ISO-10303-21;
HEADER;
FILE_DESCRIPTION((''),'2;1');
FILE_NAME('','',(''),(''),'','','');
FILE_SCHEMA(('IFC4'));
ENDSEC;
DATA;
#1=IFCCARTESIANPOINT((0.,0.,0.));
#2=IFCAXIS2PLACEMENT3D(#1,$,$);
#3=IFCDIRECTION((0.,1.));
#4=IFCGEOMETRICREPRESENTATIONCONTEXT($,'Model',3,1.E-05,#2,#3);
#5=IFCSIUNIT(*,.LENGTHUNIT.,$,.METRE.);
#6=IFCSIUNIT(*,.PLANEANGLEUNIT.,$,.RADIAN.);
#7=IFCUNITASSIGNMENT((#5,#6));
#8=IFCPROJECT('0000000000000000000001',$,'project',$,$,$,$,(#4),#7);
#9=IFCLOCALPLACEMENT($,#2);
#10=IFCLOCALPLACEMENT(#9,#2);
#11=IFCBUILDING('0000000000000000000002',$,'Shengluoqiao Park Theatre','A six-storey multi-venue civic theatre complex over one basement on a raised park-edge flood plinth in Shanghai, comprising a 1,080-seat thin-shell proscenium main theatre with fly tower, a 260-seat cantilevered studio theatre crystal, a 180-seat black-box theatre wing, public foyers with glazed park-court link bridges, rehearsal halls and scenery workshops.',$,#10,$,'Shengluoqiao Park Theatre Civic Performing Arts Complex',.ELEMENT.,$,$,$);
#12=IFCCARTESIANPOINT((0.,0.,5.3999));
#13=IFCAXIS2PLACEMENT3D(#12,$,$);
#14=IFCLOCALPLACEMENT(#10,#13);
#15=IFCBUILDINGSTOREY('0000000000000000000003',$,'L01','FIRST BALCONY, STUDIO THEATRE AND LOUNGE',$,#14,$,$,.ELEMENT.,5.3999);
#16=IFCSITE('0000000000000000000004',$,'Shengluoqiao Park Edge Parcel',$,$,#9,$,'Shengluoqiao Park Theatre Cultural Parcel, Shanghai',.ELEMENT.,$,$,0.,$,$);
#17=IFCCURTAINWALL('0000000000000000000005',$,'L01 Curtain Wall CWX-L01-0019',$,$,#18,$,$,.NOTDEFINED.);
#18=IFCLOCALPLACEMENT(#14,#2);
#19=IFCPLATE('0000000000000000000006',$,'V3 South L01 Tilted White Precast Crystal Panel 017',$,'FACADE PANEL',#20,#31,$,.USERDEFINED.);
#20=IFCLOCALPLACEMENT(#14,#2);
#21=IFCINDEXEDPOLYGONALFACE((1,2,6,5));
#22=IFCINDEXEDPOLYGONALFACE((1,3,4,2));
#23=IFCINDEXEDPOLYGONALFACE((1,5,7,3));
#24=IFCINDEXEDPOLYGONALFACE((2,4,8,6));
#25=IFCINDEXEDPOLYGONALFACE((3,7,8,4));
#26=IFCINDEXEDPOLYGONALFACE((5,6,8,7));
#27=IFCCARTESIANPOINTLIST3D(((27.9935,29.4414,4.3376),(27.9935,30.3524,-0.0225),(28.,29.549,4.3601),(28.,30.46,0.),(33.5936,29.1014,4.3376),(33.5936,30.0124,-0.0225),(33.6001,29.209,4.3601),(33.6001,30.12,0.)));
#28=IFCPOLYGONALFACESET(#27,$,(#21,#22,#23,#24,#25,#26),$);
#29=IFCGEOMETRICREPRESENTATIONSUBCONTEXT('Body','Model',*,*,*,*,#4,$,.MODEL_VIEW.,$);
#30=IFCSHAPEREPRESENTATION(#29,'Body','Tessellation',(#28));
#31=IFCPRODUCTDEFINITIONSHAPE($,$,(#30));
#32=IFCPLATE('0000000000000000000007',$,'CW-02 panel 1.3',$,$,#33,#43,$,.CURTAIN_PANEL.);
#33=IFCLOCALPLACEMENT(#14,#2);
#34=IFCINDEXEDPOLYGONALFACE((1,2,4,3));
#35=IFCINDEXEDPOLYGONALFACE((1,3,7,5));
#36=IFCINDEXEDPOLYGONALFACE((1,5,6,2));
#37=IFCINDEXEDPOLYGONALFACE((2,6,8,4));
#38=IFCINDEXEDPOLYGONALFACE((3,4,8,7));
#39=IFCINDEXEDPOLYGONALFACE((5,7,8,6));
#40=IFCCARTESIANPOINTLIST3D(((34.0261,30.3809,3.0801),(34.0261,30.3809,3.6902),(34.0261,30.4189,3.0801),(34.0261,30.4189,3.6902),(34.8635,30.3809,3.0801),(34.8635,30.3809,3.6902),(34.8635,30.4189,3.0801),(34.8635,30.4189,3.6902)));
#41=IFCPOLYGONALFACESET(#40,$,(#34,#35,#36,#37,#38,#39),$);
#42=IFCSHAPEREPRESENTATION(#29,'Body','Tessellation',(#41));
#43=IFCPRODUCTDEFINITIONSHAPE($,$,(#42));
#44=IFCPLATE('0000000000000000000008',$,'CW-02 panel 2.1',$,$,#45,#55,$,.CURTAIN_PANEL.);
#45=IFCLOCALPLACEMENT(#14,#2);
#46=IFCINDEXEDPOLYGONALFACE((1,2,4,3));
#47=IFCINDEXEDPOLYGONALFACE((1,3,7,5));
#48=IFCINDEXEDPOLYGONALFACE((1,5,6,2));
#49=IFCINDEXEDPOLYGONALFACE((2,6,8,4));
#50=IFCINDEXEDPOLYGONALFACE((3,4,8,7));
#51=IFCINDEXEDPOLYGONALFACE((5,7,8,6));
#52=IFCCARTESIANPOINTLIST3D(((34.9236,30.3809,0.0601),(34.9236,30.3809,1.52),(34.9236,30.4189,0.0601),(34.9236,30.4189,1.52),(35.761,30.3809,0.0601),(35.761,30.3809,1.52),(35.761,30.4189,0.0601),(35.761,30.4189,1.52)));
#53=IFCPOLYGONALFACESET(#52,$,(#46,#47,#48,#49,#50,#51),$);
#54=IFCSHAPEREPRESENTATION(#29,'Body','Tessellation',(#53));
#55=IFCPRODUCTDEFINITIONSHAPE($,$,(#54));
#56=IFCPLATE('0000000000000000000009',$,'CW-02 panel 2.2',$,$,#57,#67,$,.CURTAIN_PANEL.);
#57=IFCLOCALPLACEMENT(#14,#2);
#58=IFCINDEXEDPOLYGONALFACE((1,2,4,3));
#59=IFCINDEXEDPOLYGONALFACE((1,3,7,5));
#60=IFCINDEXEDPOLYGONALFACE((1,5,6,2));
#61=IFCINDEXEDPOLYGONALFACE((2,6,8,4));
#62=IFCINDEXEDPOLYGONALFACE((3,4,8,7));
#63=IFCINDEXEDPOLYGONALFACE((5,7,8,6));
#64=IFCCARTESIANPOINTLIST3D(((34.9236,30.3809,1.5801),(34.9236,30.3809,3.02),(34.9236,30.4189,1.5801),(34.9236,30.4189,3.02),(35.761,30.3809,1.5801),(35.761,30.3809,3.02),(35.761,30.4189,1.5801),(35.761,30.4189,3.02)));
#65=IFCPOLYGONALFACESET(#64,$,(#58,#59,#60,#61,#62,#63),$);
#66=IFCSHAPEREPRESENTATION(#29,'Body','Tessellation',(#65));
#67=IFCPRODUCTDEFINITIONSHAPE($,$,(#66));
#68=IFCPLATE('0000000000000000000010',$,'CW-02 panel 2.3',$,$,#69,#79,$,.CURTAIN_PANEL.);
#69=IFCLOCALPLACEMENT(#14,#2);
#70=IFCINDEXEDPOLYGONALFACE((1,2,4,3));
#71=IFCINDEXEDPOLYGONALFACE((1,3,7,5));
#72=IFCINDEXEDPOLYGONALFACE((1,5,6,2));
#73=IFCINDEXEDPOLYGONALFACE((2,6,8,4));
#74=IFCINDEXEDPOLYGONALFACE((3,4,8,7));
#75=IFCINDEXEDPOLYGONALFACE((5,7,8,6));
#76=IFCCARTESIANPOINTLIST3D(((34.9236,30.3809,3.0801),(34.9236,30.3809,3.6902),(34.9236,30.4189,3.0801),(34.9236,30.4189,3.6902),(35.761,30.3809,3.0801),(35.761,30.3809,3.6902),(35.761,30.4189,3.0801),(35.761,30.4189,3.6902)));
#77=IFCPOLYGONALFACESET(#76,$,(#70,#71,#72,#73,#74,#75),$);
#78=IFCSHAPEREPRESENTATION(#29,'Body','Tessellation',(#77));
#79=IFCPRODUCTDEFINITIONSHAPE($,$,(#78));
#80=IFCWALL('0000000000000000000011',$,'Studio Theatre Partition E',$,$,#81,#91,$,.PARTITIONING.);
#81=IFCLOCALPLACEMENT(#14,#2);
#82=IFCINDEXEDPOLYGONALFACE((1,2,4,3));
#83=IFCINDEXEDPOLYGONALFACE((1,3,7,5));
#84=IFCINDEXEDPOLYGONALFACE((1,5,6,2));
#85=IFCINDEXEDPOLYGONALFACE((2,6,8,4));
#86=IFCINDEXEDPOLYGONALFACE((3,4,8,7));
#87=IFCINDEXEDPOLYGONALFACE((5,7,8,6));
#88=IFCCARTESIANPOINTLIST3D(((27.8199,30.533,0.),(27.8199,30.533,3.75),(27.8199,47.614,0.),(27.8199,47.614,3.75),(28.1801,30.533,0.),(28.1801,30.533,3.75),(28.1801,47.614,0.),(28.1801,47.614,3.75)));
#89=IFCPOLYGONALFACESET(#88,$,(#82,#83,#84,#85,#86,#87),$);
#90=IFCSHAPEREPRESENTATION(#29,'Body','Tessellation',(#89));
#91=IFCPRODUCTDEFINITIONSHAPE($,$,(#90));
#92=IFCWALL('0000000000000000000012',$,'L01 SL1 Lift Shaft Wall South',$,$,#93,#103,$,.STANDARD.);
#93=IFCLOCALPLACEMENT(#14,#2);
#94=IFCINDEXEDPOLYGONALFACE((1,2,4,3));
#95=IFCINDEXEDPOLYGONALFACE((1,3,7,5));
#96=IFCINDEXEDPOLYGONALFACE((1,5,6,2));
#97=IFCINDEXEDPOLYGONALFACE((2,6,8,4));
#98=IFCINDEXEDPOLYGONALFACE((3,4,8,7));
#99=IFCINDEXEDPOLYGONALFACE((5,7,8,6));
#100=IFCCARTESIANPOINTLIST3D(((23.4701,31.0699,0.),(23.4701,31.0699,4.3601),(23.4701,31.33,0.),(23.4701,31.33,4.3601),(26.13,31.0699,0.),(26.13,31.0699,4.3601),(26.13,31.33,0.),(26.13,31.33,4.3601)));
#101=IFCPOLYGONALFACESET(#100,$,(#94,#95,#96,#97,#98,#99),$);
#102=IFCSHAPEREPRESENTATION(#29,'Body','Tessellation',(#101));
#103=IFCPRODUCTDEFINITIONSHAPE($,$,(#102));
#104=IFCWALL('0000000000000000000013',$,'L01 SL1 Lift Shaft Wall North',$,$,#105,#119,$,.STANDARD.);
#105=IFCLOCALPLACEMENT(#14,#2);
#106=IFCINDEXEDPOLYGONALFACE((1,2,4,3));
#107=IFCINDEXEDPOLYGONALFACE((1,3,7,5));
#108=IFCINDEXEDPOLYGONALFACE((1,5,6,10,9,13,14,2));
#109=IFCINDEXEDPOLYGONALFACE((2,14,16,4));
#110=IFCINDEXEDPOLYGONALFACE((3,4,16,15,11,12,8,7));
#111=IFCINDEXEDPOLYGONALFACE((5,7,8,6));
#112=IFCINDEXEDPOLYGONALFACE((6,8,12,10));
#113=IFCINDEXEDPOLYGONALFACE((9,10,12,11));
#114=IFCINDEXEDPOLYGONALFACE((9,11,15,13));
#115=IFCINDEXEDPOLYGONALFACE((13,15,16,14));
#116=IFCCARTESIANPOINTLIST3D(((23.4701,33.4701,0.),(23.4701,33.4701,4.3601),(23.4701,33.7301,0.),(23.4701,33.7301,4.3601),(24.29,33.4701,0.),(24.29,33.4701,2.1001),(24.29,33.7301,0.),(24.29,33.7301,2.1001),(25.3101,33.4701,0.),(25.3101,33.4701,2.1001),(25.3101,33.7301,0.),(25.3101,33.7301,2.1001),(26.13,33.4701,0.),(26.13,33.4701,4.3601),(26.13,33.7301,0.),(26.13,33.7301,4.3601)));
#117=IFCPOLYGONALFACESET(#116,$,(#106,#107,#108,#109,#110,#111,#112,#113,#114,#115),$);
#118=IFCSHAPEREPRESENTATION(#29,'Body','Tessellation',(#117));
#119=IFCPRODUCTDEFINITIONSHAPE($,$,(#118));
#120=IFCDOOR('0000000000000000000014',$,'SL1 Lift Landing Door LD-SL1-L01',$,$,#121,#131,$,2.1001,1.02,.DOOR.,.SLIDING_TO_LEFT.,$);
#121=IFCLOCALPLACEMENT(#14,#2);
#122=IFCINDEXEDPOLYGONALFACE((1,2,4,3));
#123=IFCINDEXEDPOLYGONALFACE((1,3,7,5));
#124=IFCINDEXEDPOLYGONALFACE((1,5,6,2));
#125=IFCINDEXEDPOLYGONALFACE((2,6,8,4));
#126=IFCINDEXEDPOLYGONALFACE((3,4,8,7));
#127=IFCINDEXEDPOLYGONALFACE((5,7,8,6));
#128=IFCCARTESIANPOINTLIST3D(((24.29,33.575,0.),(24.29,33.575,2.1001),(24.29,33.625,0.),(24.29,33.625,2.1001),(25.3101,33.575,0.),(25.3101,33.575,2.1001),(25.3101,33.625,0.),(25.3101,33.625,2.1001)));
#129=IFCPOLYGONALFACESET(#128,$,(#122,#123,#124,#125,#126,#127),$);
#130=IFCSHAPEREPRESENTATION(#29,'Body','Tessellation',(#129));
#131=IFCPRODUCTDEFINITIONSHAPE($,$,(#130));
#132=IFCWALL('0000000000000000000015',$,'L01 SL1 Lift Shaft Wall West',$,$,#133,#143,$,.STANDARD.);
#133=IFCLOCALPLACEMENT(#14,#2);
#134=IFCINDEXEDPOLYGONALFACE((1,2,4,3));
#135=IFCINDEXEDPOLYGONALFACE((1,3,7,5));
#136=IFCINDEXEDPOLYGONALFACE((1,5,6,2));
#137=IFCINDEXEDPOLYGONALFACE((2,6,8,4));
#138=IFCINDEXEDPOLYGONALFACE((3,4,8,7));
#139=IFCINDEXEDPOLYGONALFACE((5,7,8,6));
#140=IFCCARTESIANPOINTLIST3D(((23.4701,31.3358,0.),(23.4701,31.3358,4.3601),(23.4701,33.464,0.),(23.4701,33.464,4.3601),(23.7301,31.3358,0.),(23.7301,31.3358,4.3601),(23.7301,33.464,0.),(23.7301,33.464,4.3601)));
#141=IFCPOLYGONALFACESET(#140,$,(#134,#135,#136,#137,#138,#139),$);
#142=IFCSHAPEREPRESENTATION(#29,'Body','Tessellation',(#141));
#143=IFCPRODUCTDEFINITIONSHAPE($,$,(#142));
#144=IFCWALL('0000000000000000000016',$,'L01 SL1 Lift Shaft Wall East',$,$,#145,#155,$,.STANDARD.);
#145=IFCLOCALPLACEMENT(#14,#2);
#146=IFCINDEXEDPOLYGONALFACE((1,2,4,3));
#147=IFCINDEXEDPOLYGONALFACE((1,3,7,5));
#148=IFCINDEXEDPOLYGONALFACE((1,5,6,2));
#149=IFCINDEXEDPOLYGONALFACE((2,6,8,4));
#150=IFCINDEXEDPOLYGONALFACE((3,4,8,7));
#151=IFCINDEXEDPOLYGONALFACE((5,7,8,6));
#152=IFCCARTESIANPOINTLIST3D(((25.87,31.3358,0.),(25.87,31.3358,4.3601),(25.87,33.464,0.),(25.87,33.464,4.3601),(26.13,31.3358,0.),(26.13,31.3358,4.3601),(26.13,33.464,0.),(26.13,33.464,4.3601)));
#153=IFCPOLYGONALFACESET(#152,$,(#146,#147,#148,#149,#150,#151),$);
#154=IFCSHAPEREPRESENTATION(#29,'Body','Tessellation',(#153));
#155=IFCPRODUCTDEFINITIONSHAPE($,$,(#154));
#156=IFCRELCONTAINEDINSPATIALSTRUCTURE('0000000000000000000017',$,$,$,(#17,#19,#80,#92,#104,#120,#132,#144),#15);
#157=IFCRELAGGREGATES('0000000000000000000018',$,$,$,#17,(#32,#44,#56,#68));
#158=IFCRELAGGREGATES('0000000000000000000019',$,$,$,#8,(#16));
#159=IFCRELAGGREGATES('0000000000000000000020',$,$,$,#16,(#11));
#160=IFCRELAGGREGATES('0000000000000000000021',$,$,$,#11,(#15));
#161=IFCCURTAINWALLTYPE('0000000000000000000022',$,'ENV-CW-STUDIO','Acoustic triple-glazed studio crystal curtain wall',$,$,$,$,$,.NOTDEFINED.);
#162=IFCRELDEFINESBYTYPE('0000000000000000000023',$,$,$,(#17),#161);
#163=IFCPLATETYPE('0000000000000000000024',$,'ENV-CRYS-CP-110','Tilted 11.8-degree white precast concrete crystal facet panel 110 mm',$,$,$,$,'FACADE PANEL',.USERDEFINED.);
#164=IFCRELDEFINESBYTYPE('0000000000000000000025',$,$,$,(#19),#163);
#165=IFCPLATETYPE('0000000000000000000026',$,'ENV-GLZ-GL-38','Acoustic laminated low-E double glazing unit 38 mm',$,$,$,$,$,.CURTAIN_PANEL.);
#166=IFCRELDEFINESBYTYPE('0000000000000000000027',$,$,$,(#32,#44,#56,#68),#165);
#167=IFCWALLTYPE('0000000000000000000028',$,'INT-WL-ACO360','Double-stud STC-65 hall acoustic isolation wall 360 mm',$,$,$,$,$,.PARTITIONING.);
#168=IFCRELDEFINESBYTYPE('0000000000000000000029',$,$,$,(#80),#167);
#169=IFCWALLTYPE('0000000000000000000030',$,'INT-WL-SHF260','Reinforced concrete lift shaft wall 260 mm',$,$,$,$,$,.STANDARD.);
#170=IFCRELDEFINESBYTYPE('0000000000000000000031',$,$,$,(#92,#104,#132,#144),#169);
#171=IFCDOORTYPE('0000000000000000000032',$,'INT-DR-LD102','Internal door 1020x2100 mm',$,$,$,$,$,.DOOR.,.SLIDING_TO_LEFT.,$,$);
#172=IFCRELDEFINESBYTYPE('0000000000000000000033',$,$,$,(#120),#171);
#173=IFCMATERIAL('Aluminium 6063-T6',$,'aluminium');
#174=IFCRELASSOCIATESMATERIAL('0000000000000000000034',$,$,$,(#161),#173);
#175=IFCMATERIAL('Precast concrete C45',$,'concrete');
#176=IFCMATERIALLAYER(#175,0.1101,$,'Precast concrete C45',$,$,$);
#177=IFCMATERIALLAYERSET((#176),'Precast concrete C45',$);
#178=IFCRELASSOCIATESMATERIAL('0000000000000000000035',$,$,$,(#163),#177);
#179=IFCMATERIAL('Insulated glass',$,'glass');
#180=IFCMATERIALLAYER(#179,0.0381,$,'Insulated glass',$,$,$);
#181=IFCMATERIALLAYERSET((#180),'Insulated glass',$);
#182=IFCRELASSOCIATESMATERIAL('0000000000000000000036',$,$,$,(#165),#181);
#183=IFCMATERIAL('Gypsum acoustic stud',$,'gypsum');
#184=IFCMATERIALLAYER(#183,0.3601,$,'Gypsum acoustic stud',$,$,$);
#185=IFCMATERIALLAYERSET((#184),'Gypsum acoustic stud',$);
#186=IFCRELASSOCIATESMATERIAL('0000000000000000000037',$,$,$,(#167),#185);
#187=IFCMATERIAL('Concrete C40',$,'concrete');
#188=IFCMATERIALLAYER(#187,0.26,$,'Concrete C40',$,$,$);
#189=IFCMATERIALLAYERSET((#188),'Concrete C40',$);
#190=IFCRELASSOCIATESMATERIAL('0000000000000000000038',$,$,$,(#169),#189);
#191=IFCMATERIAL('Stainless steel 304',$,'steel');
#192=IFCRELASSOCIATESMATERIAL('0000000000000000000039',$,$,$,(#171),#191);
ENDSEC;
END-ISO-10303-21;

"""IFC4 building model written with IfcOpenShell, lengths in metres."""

from ifc_helpers import new_model, si_unit, direction, frame, frame_2d, origin, origin_2d, place, context, subcontext, project, spatial, polyline, rectangle, outline, extrude, material, layer, layer_set, type_object, element, fill, aggregate, save


model = new_model("IFC4")

# Units and contexts
model_context = context("Model", 3, precision=1e-05, world=origin(), true_north=direction((0.0, 1.0)))
body_context = subcontext(model_context, "Body", "Model", "MODEL_VIEW")
ifc_project = project(units=[si_unit("LENGTHUNIT", "METRE"), si_unit("PLANEANGLEUNIT", "RADIAN")], contexts=[model_context])

# Site, building, storey
site_placement = place(None, origin())
site = spatial("IfcSite", under=ifc_project, at=site_placement, Name="Shengluoqiao Park Edge Parcel", LongName="Shengluoqiao Park Theatre Cultural Parcel, Shanghai", CompositionType="ELEMENT", RefElevation=0.0)
building_placement = place(site_placement, origin())
building = spatial("IfcBuilding", under=site, at=building_placement, Name="Shengluoqiao Park Theatre", Description="A six-storey multi-venue civic theatre complex over one basement on a raised park-edge flood plinth in Shanghai, comprising a 1,080-seat thin-shell proscenium main theatre with fly tower, a 260-seat cantilevered studio theatre crystal, a 180-seat black-box theatre wing, public foyers with glazed park-court link bridges, rehearsal halls and scenery workshops.", LongName="Shengluoqiao Park Theatre Civic Performing Arts Complex", CompositionType="ELEMENT")
storey_placement = place(building_placement, frame((0.0, 0.0, 5.3999)))
storey = spatial("IfcBuildingStorey", under=building, at=storey_placement, Name="L01", Description="FIRST BALCONY, STUDIO THEATRE AND LOUNGE", CompositionType="ELEMENT", Elevation=5.3999)

# Curtain wall
ifc_material_1 = material(Name="Aluminium 6063-T6", Category="aluminium")
curtain_wall_type = type_object("IfcCurtainWallType", Name="ENV-CW-STUDIO", Description="Acoustic triple-glazed studio crystal curtain wall", PredefinedType="NOTDEFINED", material=ifc_material_1)
curtain_wall_placement = place(storey_placement, origin())
curtain_wall = element("IfcCurtainWall", 1, at=curtain_wall_placement, inside=storey, type_object=curtain_wall_type, Name="L01 Curtain Wall CWX-L01-0019", PredefinedType="NOTDEFINED")

# Plate
ifc_material_2 = material(Name="Precast concrete C45", Category="concrete")
ifc_layer_1 = layer(ifc_material_2, 0.1101, Name="Precast concrete C45")
ifc_layer_set_1 = layer_set([ifc_layer_1], Name="Precast concrete C45")
plate_type_1 = type_object("IfcPlateType", Name="ENV-CRYS-CP-110", Description="Tilted 11.8-degree white precast concrete crystal facet panel 110 mm", ElementType="FACADE PANEL", PredefinedType="USERDEFINED", material=ifc_layer_set_1)
plate_1_placement = place(storey_placement, frame((28.0, 30.46, 0.0), z_axis=(0.059319, 0.977138, 0.204165), x_axis=(0.998162, -0.060595, -0.000004)))
element("IfcPlate", 2, at=plate_1_placement, inside=storey, type_object=plate_type_1, Name="V3 South L01 Tilted White Precast Crystal Panel 017", ObjectType="FACADE PANEL", PredefinedType="USERDEFINED", context=body_context, shape_type="SweptSolid", body=[
    extrude(outline(polyline([(0.0, 0.0), (5.6104, 0.0), (5.6656, -4.4539), (0.0552, -4.4539), (0.0, 0.0)])), origin(), (0.0, 0.0, -1.0), 0.1101),
])

# Plates
ifc_material_3 = material(Name="Insulated glass", Category="glass")
ifc_layer_2 = layer(ifc_material_3, 0.0381, Name="Insulated glass")
ifc_layer_set_2 = layer_set([ifc_layer_2], Name="Insulated glass")
plate_type_2 = type_object("IfcPlateType", Name="ENV-GLZ-GL-38", Description="Acoustic laminated low-E double glazing unit 38 mm", PredefinedType="CURTAIN_PANEL", material=ifc_layer_set_2)
plate_2_placement = place(storey_placement, frame((34.4448, 30.3999, 3.0801), z_axis=(0.0, 0.0, 1.0), x_axis=(1.0, 0.0, 0.0)))
plate_2 = element("IfcPlate", 3, at=plate_2_placement, type_object=plate_type_2, Name="CW-02 panel 1.3", PredefinedType="CURTAIN_PANEL", context=body_context, shape_type="SweptSolid", body=[
    extrude(rectangle(XDim=0.8374, YDim=0.0381, at=origin_2d()), origin(), (0.0, 0.0, 1.0), 0.6101),
])
plate_3_placement = place(storey_placement, frame((35.3423, 30.3999, 0.0601), z_axis=(0.0, 0.0, 1.0), x_axis=(1.0, 0.0, 0.0)))
plate_3 = element("IfcPlate", 4, at=plate_3_placement, type_object=plate_type_2, Name="CW-02 panel 2.1", PredefinedType="CURTAIN_PANEL", context=body_context, shape_type="SweptSolid", body=[
    extrude(rectangle(XDim=0.8374, YDim=0.0381, at=origin_2d()), origin(), (0.0, 0.0, 1.0), 1.46),
])
plate_4_placement = place(storey_placement, frame((35.3423, 30.3999, 1.5801), z_axis=(0.0, 0.0, 1.0), x_axis=(1.0, 0.0, 0.0)))
plate_4 = element("IfcPlate", 5, at=plate_4_placement, type_object=plate_type_2, Name="CW-02 panel 2.2", PredefinedType="CURTAIN_PANEL", context=body_context, shape_type="SweptSolid", body=[
    extrude(rectangle(XDim=0.8374, YDim=0.0381, at=origin_2d()), origin(), (0.0, 0.0, 1.0), 1.4399),
])
plate_5_placement = place(storey_placement, frame((35.3423, 30.3999, 3.0801), z_axis=(0.0, 0.0, 1.0), x_axis=(1.0, 0.0, 0.0)))
plate_5 = element("IfcPlate", 6, at=plate_5_placement, type_object=plate_type_2, Name="CW-02 panel 2.3", PredefinedType="CURTAIN_PANEL", context=body_context, shape_type="SweptSolid", body=[
    extrude(rectangle(XDim=0.8374, YDim=0.0381, at=origin_2d()), origin(), (0.0, 0.0, 1.0), 0.6101),
])
aggregate(curtain_wall, [plate_2, plate_3, plate_4, plate_5])

# Walls
ifc_material_4 = material(Name="Gypsum acoustic stud", Category="gypsum")
ifc_layer_3 = layer(ifc_material_4, 0.3601, Name="Gypsum acoustic stud")
ifc_layer_set_3 = layer_set([ifc_layer_3], Name="Gypsum acoustic stud")
wall_type_1 = type_object("IfcWallType", Name="INT-WL-ACO360", Description="Double-stud STC-65 hall acoustic isolation wall 360 mm", PredefinedType="PARTITIONING", material=ifc_layer_set_3)
wall_1_placement = place(storey_placement, frame((28.0, 30.533, 0.0), z_axis=(0.0, 0.0, 1.0), x_axis=(0.0, 1.0, 0.0)))
element("IfcWall", 7, at=wall_1_placement, inside=storey, type_object=wall_type_1, Name="Studio Theatre Partition E", PredefinedType="PARTITIONING", context=body_context, shape_type="SweptSolid", body=[
    extrude(rectangle(XDim=17.0811, YDim=0.3601, at=frame_2d((8.5405, 0.0))), origin(), (0.0, 0.0, 1.0), 3.75),
])
ifc_material_5 = material(Name="Concrete C40", Category="concrete")
ifc_layer_4 = layer(ifc_material_5, 0.26, Name="Concrete C40")
ifc_layer_set_4 = layer_set([ifc_layer_4], Name="Concrete C40")
wall_type_2 = type_object("IfcWallType", Name="INT-WL-SHF260", Description="Reinforced concrete lift shaft wall 260 mm", PredefinedType="STANDARD", material=ifc_layer_set_4)
wall_2_placement = place(storey_placement, frame((23.47, 31.2, 0.0), z_axis=(0.0, 0.0, 1.0), x_axis=(1.0, 0.0, 0.0)))
element("IfcWall", 8, at=wall_2_placement, inside=storey, type_object=wall_type_2, Name="L01 SL1 Lift Shaft Wall South", PredefinedType="STANDARD", context=body_context, shape_type="SweptSolid", body=[
    extrude(rectangle(XDim=2.6599, YDim=0.26, at=frame_2d((1.3301, 0.0))), origin(), (0.0, 0.0, 1.0), 4.3601),
])

# Wall, opening, door
wall_3_placement = place(storey_placement, frame((23.47, 33.6001, 0.0), z_axis=(0.0, 0.0, 1.0), x_axis=(1.0, 0.0, 0.0)))
wall_3 = element("IfcWall", 9, at=wall_3_placement, inside=storey, type_object=wall_type_2, Name="L01 SL1 Lift Shaft Wall North", PredefinedType="STANDARD", context=body_context, shape_type="SweptSolid", body=[
    extrude(rectangle(XDim=2.6599, YDim=0.26, at=frame_2d((1.3301, 0.0))), origin(), (0.0, 0.0, 1.0), 4.3601),
])
opening_placement = place(wall_3_placement, frame((0.8201, 0.0, 0.0)))
opening = element("IfcOpeningElement", 10, at=opening_placement, cuts=wall_3, PredefinedType="OPENING", context=body_context, shape_type="SweptSolid", body=[
    extrude(rectangle(XDim=1.02, YDim=2.1001, at=frame_2d((0.51, 1.05))), frame((0.0, 0.1399, 0.0), z_axis=(0.0, -1.0, 0.0), x_axis=(1.0, 0.0, 0.0)), (0.0, 0.0, 1.0), 0.28),
])
ifc_material_6 = material(Name="Stainless steel 304", Category="steel")
door_type = type_object("IfcDoorType", Name="INT-DR-LD102", Description="Internal door 1020x2100 mm", OperationType="SLIDING_TO_LEFT", PredefinedType="DOOR", material=ifc_material_6)
door_placement = place(opening_placement, origin())
door = element("IfcDoor", 11, at=door_placement, inside=storey, type_object=door_type, Name="SL1 Lift Landing Door LD-SL1-L01", OperationType="SLIDING_TO_LEFT", OverallHeight=2.1001, OverallWidth=1.02, PredefinedType="DOOR", context=body_context, shape_type="SweptSolid", body=[
    extrude(rectangle(XDim=1.02, YDim=2.1001, at=frame_2d((0.51, 1.05))), frame((0.0, 0.0249, 0.0), z_axis=(0.0, -1.0, 0.0), x_axis=(1.0, 0.0, 0.0)), (0.0, 0.0, 1.0), 0.05),
])
fill(opening, door)

# Walls
for number, where, z_axis, x_axis, name in (
    (12, (23.6001, 31.3359, 0.0), (0.0, 0.0, 1.0), (0.0, 1.0, 0.0), "L01 SL1 Lift Shaft Wall West"),
    (13, (26.0, 31.3359, 0.0), (0.0, 0.0, 1.0), (0.0, 1.0, 0.0), "L01 SL1 Lift Shaft Wall East"),
):
    element("IfcWall", number, at=place(storey_placement, frame(where, z_axis=z_axis, x_axis=x_axis)), inside=storey, type_object=wall_type_2, Name=name, PredefinedType="STANDARD", context=body_context, shape_type="SweptSolid", body=[
        extrude(rectangle(XDim=2.1282, YDim=0.26, at=frame_2d((1.064, 0.0))), origin(), (0.0, 0.0, 1.0), 4.3601),
    ])

save(model, "model.ifc")
